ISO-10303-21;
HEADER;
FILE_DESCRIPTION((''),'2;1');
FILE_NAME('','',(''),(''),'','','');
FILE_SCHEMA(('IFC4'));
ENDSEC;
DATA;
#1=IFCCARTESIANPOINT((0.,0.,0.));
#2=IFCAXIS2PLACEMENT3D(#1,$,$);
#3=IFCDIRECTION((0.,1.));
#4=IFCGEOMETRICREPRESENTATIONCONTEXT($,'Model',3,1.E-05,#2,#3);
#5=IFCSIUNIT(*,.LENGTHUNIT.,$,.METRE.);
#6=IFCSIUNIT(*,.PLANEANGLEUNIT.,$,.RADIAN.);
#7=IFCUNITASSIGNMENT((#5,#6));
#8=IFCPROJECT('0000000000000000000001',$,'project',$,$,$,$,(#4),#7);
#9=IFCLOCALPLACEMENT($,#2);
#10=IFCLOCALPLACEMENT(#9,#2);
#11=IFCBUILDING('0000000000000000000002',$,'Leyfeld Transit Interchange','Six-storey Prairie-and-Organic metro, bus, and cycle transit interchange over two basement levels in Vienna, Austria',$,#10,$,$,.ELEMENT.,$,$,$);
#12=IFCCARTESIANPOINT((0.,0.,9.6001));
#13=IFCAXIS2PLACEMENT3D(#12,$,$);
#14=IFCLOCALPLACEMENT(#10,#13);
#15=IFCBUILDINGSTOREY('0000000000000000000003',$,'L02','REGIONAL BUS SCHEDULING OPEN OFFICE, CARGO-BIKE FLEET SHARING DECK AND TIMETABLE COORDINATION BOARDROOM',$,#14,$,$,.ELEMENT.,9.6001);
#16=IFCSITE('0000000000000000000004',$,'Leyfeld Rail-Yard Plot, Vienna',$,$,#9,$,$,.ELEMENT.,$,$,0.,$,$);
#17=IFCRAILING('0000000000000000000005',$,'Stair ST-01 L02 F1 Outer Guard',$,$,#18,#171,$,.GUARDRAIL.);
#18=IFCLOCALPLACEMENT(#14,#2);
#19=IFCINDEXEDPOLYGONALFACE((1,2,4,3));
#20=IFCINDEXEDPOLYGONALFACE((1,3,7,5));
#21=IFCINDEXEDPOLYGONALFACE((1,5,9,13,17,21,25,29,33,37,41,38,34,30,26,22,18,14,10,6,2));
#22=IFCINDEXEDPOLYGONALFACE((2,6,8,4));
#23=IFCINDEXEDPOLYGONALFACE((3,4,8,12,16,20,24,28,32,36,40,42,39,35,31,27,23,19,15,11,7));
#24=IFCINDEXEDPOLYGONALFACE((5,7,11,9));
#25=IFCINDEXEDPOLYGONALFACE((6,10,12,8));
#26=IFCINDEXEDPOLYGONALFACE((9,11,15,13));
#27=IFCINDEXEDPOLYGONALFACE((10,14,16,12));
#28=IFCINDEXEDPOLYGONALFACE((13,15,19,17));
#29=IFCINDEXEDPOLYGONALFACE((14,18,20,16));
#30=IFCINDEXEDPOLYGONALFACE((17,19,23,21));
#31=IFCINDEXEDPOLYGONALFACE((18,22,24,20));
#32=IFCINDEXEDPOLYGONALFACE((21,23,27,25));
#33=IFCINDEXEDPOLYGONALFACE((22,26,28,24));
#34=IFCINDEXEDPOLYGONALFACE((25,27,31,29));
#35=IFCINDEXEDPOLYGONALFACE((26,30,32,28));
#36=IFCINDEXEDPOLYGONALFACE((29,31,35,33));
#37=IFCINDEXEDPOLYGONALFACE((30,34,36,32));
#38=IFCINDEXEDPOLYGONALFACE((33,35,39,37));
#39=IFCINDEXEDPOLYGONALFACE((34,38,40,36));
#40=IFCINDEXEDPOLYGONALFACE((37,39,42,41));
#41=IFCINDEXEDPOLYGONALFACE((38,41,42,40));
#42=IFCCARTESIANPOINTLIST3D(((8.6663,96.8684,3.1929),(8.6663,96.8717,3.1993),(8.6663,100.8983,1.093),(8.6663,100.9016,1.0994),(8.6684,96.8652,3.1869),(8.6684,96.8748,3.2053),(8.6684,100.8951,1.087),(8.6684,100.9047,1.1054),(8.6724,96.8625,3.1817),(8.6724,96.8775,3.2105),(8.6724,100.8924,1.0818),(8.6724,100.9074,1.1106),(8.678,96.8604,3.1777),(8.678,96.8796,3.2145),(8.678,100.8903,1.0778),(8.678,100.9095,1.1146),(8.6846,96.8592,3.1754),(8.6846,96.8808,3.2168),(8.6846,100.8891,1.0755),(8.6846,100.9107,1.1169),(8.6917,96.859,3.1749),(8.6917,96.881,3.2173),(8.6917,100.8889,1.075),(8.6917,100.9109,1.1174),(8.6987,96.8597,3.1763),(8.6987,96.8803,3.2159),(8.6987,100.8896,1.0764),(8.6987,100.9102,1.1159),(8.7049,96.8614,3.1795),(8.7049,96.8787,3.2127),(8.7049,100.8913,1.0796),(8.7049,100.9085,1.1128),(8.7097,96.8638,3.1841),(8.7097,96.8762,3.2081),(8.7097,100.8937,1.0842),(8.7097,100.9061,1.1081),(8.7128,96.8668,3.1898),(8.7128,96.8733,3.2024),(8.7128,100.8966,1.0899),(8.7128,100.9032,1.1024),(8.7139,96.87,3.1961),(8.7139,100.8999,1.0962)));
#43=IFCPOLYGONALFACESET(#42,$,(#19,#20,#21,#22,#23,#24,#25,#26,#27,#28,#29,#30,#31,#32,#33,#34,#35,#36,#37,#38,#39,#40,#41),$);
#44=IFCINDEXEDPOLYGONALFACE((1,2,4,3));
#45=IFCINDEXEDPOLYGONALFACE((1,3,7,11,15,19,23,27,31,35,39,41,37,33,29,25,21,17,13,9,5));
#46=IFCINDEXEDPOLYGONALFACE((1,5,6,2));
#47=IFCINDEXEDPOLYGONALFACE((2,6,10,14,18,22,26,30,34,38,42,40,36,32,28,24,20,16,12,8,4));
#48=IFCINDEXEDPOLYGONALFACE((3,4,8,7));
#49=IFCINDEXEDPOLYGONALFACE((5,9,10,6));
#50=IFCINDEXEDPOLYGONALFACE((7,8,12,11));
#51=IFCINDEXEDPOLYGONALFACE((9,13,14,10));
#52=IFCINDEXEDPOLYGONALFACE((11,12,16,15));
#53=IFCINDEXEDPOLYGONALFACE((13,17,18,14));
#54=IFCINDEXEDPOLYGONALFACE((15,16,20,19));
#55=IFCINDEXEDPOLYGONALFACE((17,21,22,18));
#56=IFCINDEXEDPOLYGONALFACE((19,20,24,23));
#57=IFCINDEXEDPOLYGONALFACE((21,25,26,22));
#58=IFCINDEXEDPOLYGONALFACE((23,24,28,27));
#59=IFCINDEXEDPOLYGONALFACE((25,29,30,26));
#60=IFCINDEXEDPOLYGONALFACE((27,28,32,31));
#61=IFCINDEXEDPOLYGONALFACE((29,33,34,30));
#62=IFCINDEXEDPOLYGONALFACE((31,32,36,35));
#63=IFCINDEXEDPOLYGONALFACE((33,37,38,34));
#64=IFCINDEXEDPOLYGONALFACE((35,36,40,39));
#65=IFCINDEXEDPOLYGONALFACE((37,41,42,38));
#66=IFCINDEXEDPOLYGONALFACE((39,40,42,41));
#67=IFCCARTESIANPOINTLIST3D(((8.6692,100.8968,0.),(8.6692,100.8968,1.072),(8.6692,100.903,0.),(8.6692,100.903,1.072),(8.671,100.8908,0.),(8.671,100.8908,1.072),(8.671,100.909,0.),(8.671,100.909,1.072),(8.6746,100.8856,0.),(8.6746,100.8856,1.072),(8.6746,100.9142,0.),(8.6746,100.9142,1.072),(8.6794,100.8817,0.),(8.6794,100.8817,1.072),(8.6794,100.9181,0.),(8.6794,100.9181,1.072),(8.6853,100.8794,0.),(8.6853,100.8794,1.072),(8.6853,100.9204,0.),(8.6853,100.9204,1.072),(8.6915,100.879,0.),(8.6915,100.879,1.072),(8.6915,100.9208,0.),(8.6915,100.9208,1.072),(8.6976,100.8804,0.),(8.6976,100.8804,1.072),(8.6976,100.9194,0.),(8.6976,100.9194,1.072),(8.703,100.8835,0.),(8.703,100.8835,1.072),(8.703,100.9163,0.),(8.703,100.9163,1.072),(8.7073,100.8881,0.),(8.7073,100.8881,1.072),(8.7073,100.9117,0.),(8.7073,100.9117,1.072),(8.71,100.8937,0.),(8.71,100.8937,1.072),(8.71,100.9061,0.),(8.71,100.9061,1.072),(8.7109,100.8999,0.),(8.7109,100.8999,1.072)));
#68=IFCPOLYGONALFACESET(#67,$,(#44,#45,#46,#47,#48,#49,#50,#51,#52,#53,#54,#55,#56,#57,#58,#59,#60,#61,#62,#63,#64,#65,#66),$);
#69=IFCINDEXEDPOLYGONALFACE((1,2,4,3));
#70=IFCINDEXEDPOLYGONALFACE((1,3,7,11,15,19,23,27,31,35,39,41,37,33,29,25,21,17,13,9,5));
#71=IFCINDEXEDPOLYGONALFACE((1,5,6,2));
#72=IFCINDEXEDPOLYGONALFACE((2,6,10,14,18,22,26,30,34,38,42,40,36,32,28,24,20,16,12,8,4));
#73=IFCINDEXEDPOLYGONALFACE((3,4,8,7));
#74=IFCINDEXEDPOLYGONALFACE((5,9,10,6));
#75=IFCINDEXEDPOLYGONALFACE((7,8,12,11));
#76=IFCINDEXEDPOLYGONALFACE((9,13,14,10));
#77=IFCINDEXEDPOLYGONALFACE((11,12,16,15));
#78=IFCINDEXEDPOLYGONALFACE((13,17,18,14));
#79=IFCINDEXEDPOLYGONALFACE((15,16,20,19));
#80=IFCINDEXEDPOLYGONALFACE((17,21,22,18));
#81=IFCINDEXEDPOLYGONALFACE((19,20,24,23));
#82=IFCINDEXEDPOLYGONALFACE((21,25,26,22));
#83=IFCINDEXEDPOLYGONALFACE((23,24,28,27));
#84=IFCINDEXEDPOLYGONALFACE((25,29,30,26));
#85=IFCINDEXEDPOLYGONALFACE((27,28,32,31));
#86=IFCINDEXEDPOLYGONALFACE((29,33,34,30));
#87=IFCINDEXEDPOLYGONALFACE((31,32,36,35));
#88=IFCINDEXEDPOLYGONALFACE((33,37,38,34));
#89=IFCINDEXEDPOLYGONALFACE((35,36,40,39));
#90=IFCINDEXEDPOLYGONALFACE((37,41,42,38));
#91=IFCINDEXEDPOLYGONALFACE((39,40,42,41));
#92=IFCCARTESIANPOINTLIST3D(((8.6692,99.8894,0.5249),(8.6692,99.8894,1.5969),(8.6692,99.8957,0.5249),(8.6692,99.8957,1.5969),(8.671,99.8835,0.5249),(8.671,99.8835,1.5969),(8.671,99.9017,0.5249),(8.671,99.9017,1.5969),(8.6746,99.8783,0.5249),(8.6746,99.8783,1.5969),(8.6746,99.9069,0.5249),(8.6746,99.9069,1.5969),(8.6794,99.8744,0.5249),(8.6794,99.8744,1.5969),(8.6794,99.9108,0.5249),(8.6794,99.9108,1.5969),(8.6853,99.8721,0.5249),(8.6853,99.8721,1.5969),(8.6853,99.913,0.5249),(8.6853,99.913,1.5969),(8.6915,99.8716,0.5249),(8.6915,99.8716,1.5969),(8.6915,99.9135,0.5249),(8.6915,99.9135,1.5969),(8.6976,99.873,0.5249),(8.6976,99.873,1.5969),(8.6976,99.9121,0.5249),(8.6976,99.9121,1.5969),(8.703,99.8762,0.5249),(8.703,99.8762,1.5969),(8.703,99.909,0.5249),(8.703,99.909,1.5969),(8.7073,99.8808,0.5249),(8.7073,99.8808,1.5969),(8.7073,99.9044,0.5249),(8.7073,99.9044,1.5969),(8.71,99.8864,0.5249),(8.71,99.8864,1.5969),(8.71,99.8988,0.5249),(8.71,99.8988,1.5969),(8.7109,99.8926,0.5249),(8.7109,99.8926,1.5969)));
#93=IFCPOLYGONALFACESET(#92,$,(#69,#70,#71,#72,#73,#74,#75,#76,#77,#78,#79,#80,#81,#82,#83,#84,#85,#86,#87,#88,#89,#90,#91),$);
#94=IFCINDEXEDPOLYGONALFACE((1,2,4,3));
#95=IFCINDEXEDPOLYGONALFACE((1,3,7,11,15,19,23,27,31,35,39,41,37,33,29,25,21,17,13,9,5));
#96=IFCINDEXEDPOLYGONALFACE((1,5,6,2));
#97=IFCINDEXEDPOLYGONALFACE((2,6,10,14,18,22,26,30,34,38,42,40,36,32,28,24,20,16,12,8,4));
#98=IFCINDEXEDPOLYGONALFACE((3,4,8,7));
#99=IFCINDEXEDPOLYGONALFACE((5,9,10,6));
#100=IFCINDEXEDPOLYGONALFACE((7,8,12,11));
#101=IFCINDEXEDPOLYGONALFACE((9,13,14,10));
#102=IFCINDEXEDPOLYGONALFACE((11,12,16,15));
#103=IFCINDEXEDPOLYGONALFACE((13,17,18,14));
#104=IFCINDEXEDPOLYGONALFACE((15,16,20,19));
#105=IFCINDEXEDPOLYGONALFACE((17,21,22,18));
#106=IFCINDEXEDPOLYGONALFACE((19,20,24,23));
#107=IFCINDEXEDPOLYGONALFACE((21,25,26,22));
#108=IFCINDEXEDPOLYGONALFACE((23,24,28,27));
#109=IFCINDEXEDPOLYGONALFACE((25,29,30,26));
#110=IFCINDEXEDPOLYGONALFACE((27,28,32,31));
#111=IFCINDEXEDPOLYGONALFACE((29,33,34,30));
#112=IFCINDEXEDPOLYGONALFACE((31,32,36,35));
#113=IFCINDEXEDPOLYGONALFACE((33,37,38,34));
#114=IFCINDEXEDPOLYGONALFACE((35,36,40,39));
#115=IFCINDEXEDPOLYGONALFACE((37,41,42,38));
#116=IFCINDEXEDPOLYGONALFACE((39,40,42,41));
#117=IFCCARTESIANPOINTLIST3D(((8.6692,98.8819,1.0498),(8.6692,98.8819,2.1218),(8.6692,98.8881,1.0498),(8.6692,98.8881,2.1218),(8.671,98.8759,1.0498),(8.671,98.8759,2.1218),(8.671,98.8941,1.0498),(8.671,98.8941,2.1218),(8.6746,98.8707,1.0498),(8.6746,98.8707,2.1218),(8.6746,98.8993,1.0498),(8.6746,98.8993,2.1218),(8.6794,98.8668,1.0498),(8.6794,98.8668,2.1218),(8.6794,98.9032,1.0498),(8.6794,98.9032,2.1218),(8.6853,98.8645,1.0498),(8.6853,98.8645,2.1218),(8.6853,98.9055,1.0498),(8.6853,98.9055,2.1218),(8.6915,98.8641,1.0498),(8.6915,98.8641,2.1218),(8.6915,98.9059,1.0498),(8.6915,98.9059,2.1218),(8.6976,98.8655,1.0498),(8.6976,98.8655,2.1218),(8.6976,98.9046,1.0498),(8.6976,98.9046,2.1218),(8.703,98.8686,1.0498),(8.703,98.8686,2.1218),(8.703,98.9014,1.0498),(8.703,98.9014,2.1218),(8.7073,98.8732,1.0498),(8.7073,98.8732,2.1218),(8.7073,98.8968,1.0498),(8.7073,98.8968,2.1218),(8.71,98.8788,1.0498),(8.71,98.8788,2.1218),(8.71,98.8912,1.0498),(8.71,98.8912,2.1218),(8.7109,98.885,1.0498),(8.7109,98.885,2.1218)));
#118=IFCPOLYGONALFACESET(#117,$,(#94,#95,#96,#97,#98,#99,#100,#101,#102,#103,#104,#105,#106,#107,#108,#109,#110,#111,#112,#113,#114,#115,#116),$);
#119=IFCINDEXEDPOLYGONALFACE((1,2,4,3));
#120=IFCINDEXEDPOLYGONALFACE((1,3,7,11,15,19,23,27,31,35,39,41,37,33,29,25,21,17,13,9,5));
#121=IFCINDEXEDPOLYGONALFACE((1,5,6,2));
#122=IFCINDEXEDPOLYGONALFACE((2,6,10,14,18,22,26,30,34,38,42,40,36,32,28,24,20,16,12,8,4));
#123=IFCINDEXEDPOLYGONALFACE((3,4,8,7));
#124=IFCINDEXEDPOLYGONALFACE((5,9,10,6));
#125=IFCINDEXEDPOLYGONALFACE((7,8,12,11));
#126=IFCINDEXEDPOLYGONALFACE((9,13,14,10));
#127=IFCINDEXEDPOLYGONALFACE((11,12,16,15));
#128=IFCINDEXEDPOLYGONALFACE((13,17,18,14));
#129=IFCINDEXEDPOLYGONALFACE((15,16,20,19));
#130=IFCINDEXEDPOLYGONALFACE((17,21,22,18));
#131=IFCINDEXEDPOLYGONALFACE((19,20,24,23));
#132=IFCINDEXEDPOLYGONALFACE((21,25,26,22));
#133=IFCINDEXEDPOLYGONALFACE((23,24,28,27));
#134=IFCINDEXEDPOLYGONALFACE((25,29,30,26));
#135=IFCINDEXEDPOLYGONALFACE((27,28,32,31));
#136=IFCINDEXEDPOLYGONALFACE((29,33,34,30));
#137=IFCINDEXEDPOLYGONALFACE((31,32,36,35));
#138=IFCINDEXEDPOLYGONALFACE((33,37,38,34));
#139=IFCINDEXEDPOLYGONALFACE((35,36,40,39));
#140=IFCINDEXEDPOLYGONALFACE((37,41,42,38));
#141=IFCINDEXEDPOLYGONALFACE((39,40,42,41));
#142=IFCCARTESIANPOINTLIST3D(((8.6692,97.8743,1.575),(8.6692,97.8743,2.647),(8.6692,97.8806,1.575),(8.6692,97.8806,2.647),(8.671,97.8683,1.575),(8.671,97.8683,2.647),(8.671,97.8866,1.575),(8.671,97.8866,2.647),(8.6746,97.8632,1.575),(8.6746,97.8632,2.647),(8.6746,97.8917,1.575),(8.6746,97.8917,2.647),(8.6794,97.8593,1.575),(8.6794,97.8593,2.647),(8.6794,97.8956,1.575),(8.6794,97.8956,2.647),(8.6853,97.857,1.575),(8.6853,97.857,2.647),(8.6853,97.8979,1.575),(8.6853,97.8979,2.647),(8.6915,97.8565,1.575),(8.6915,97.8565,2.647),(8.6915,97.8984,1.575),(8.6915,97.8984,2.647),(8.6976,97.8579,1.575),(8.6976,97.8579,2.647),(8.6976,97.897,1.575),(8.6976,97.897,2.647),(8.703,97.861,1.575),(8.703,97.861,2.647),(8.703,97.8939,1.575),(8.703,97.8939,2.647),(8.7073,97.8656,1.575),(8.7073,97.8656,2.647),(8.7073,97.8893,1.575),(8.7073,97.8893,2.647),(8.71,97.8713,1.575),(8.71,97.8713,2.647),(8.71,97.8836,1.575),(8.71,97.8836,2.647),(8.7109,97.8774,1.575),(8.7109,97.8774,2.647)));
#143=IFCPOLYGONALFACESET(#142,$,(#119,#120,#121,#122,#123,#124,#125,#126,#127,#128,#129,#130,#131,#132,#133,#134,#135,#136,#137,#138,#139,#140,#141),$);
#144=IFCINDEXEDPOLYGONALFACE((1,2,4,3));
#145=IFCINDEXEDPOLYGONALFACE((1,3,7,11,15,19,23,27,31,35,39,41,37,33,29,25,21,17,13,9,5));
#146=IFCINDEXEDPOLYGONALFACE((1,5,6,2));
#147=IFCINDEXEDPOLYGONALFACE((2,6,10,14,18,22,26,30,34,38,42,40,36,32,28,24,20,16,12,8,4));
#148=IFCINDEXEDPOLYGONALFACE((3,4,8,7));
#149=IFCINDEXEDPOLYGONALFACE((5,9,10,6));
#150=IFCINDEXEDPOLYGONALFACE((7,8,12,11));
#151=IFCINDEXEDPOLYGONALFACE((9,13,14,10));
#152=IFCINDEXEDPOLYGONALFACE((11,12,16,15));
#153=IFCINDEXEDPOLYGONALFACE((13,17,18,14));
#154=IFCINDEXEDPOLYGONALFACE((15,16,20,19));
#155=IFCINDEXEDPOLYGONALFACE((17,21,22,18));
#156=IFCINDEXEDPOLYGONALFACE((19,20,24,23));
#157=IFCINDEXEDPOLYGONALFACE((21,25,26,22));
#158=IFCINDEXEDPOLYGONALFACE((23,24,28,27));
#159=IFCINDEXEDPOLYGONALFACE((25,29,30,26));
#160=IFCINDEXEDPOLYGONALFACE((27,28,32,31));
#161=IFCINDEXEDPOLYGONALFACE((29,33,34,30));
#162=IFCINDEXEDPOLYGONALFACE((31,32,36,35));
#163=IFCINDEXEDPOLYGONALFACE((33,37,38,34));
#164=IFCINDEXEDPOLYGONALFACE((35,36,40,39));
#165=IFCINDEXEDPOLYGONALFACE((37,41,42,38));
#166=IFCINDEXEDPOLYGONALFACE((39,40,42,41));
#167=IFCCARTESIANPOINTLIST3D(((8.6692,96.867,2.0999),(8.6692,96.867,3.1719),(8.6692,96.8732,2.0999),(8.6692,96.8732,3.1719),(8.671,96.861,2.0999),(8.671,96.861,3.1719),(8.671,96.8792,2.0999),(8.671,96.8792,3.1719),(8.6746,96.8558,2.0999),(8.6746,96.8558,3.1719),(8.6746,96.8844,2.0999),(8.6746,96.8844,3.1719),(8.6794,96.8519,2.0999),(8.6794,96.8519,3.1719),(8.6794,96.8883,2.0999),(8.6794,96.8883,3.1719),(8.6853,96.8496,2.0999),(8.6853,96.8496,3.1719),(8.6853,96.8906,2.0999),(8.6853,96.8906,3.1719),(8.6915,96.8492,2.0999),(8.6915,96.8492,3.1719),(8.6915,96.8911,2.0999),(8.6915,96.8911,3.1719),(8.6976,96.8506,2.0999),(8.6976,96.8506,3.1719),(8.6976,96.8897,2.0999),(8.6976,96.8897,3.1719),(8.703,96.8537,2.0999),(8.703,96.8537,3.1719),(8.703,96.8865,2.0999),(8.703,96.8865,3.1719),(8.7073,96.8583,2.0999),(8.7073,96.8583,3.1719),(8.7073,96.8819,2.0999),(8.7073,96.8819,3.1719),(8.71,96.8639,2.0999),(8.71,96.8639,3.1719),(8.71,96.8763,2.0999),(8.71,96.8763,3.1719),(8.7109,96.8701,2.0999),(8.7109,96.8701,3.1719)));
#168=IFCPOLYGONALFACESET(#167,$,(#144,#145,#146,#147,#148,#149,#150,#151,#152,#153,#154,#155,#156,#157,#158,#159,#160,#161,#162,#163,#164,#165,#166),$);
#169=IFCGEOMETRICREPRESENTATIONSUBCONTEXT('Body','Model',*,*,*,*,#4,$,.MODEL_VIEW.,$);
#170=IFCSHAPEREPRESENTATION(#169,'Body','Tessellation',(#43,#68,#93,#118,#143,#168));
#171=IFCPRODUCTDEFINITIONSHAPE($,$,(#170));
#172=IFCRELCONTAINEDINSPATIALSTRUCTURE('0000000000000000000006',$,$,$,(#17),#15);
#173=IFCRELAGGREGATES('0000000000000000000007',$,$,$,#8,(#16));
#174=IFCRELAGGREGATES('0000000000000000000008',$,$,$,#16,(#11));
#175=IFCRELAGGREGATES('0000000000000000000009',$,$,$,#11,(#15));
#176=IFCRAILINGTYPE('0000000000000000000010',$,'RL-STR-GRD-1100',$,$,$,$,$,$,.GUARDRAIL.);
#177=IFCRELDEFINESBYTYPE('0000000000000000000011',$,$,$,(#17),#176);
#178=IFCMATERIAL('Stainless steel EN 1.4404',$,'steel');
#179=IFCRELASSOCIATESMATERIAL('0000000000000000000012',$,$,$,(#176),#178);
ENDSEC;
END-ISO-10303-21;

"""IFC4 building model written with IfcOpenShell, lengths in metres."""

from ifc_helpers import new_model, si_unit, direction, frame, origin, origin_2d, place, context, subcontext, project, spatial, circle, extrude, material, type_object, element, save


model = new_model("IFC4")

# Units and contexts
model_context = context("Model", 3, precision=1e-05, world=origin(), true_north=direction((0.0, 1.0)))
body_context = subcontext(model_context, "Body", "Model", "MODEL_VIEW")
ifc_project = project(units=[si_unit("LENGTHUNIT", "METRE"), si_unit("PLANEANGLEUNIT", "RADIAN")], contexts=[model_context])

# Site, building, storey
site_placement = place(None, origin())
site = spatial("IfcSite", under=ifc_project, at=site_placement, Name="Leyfeld Rail-Yard Plot, Vienna", CompositionType="ELEMENT", RefElevation=0.0)
building_placement = place(site_placement, origin())
building = spatial("IfcBuilding", under=site, at=building_placement, Name="Leyfeld Transit Interchange", Description="Six-storey Prairie-and-Organic metro, bus, and cycle transit interchange over two basement levels in Vienna, Austria", CompositionType="ELEMENT")
storey_placement = place(building_placement, frame((0.0, 0.0, 9.6001)))
storey = spatial("IfcBuildingStorey", under=building, at=storey_placement, Name="L02", Description="REGIONAL BUS SCHEDULING OPEN OFFICE, CARGO-BIKE FLEET SHARING DECK AND TIMETABLE COORDINATION BOARDROOM", CompositionType="ELEMENT", Elevation=9.6001)

# Shared definitions
ifc_material_1 = material(Name="Stainless steel EN 1.4404", Category="steel")

# Railing
railing_type_1 = type_object("IfcRailingType", Name="RL-STR-GRD-1100", PredefinedType="GUARDRAIL", material=ifc_material_1)
for number, where, name in (
    (1, (8.6899, 100.8999, 0.0), "Stair ST-01 L02 F1 Outer Guard"),
):
    element("IfcRailing", number, at=place(storey_placement, frame(where)), inside=storey, type_object=railing_type_1, Name=name, PredefinedType="GUARDRAIL", context=body_context, shape_type="SweptSolid", body=[
        extrude(circle(Radius=0.0239, at=origin_2d()), frame((0.0, 0.0, 1.0962), z_axis=(0.0, -0.886823, 0.462109), x_axis=(1.0, 0.0, 0.0)), (0.0, 0.0, 1.0), 4.5442),
        extrude(circle(Radius=0.021, at=origin_2d()), origin(), (0.0, 0.0, 1.0), 1.072),
        extrude(circle(Radius=0.021, at=origin_2d()), frame((0.0, -1.0073, 0.5249)), (0.0, 0.0, 1.0), 1.072),
        extrude(circle(Radius=0.021, at=origin_2d()), frame((0.0, -2.0149, 1.0498)), (0.0, 0.0, 1.0), 1.072),
        extrude(circle(Radius=0.021, at=origin_2d()), frame((0.0, -3.0225, 1.575)), (0.0, 0.0, 1.0), 1.072),
        extrude(circle(Radius=0.021, at=origin_2d()), frame((0.0, -4.0298, 2.0999)), (0.0, 0.0, 1.0), 1.072),
    ])

save(model, "model.ifc")
